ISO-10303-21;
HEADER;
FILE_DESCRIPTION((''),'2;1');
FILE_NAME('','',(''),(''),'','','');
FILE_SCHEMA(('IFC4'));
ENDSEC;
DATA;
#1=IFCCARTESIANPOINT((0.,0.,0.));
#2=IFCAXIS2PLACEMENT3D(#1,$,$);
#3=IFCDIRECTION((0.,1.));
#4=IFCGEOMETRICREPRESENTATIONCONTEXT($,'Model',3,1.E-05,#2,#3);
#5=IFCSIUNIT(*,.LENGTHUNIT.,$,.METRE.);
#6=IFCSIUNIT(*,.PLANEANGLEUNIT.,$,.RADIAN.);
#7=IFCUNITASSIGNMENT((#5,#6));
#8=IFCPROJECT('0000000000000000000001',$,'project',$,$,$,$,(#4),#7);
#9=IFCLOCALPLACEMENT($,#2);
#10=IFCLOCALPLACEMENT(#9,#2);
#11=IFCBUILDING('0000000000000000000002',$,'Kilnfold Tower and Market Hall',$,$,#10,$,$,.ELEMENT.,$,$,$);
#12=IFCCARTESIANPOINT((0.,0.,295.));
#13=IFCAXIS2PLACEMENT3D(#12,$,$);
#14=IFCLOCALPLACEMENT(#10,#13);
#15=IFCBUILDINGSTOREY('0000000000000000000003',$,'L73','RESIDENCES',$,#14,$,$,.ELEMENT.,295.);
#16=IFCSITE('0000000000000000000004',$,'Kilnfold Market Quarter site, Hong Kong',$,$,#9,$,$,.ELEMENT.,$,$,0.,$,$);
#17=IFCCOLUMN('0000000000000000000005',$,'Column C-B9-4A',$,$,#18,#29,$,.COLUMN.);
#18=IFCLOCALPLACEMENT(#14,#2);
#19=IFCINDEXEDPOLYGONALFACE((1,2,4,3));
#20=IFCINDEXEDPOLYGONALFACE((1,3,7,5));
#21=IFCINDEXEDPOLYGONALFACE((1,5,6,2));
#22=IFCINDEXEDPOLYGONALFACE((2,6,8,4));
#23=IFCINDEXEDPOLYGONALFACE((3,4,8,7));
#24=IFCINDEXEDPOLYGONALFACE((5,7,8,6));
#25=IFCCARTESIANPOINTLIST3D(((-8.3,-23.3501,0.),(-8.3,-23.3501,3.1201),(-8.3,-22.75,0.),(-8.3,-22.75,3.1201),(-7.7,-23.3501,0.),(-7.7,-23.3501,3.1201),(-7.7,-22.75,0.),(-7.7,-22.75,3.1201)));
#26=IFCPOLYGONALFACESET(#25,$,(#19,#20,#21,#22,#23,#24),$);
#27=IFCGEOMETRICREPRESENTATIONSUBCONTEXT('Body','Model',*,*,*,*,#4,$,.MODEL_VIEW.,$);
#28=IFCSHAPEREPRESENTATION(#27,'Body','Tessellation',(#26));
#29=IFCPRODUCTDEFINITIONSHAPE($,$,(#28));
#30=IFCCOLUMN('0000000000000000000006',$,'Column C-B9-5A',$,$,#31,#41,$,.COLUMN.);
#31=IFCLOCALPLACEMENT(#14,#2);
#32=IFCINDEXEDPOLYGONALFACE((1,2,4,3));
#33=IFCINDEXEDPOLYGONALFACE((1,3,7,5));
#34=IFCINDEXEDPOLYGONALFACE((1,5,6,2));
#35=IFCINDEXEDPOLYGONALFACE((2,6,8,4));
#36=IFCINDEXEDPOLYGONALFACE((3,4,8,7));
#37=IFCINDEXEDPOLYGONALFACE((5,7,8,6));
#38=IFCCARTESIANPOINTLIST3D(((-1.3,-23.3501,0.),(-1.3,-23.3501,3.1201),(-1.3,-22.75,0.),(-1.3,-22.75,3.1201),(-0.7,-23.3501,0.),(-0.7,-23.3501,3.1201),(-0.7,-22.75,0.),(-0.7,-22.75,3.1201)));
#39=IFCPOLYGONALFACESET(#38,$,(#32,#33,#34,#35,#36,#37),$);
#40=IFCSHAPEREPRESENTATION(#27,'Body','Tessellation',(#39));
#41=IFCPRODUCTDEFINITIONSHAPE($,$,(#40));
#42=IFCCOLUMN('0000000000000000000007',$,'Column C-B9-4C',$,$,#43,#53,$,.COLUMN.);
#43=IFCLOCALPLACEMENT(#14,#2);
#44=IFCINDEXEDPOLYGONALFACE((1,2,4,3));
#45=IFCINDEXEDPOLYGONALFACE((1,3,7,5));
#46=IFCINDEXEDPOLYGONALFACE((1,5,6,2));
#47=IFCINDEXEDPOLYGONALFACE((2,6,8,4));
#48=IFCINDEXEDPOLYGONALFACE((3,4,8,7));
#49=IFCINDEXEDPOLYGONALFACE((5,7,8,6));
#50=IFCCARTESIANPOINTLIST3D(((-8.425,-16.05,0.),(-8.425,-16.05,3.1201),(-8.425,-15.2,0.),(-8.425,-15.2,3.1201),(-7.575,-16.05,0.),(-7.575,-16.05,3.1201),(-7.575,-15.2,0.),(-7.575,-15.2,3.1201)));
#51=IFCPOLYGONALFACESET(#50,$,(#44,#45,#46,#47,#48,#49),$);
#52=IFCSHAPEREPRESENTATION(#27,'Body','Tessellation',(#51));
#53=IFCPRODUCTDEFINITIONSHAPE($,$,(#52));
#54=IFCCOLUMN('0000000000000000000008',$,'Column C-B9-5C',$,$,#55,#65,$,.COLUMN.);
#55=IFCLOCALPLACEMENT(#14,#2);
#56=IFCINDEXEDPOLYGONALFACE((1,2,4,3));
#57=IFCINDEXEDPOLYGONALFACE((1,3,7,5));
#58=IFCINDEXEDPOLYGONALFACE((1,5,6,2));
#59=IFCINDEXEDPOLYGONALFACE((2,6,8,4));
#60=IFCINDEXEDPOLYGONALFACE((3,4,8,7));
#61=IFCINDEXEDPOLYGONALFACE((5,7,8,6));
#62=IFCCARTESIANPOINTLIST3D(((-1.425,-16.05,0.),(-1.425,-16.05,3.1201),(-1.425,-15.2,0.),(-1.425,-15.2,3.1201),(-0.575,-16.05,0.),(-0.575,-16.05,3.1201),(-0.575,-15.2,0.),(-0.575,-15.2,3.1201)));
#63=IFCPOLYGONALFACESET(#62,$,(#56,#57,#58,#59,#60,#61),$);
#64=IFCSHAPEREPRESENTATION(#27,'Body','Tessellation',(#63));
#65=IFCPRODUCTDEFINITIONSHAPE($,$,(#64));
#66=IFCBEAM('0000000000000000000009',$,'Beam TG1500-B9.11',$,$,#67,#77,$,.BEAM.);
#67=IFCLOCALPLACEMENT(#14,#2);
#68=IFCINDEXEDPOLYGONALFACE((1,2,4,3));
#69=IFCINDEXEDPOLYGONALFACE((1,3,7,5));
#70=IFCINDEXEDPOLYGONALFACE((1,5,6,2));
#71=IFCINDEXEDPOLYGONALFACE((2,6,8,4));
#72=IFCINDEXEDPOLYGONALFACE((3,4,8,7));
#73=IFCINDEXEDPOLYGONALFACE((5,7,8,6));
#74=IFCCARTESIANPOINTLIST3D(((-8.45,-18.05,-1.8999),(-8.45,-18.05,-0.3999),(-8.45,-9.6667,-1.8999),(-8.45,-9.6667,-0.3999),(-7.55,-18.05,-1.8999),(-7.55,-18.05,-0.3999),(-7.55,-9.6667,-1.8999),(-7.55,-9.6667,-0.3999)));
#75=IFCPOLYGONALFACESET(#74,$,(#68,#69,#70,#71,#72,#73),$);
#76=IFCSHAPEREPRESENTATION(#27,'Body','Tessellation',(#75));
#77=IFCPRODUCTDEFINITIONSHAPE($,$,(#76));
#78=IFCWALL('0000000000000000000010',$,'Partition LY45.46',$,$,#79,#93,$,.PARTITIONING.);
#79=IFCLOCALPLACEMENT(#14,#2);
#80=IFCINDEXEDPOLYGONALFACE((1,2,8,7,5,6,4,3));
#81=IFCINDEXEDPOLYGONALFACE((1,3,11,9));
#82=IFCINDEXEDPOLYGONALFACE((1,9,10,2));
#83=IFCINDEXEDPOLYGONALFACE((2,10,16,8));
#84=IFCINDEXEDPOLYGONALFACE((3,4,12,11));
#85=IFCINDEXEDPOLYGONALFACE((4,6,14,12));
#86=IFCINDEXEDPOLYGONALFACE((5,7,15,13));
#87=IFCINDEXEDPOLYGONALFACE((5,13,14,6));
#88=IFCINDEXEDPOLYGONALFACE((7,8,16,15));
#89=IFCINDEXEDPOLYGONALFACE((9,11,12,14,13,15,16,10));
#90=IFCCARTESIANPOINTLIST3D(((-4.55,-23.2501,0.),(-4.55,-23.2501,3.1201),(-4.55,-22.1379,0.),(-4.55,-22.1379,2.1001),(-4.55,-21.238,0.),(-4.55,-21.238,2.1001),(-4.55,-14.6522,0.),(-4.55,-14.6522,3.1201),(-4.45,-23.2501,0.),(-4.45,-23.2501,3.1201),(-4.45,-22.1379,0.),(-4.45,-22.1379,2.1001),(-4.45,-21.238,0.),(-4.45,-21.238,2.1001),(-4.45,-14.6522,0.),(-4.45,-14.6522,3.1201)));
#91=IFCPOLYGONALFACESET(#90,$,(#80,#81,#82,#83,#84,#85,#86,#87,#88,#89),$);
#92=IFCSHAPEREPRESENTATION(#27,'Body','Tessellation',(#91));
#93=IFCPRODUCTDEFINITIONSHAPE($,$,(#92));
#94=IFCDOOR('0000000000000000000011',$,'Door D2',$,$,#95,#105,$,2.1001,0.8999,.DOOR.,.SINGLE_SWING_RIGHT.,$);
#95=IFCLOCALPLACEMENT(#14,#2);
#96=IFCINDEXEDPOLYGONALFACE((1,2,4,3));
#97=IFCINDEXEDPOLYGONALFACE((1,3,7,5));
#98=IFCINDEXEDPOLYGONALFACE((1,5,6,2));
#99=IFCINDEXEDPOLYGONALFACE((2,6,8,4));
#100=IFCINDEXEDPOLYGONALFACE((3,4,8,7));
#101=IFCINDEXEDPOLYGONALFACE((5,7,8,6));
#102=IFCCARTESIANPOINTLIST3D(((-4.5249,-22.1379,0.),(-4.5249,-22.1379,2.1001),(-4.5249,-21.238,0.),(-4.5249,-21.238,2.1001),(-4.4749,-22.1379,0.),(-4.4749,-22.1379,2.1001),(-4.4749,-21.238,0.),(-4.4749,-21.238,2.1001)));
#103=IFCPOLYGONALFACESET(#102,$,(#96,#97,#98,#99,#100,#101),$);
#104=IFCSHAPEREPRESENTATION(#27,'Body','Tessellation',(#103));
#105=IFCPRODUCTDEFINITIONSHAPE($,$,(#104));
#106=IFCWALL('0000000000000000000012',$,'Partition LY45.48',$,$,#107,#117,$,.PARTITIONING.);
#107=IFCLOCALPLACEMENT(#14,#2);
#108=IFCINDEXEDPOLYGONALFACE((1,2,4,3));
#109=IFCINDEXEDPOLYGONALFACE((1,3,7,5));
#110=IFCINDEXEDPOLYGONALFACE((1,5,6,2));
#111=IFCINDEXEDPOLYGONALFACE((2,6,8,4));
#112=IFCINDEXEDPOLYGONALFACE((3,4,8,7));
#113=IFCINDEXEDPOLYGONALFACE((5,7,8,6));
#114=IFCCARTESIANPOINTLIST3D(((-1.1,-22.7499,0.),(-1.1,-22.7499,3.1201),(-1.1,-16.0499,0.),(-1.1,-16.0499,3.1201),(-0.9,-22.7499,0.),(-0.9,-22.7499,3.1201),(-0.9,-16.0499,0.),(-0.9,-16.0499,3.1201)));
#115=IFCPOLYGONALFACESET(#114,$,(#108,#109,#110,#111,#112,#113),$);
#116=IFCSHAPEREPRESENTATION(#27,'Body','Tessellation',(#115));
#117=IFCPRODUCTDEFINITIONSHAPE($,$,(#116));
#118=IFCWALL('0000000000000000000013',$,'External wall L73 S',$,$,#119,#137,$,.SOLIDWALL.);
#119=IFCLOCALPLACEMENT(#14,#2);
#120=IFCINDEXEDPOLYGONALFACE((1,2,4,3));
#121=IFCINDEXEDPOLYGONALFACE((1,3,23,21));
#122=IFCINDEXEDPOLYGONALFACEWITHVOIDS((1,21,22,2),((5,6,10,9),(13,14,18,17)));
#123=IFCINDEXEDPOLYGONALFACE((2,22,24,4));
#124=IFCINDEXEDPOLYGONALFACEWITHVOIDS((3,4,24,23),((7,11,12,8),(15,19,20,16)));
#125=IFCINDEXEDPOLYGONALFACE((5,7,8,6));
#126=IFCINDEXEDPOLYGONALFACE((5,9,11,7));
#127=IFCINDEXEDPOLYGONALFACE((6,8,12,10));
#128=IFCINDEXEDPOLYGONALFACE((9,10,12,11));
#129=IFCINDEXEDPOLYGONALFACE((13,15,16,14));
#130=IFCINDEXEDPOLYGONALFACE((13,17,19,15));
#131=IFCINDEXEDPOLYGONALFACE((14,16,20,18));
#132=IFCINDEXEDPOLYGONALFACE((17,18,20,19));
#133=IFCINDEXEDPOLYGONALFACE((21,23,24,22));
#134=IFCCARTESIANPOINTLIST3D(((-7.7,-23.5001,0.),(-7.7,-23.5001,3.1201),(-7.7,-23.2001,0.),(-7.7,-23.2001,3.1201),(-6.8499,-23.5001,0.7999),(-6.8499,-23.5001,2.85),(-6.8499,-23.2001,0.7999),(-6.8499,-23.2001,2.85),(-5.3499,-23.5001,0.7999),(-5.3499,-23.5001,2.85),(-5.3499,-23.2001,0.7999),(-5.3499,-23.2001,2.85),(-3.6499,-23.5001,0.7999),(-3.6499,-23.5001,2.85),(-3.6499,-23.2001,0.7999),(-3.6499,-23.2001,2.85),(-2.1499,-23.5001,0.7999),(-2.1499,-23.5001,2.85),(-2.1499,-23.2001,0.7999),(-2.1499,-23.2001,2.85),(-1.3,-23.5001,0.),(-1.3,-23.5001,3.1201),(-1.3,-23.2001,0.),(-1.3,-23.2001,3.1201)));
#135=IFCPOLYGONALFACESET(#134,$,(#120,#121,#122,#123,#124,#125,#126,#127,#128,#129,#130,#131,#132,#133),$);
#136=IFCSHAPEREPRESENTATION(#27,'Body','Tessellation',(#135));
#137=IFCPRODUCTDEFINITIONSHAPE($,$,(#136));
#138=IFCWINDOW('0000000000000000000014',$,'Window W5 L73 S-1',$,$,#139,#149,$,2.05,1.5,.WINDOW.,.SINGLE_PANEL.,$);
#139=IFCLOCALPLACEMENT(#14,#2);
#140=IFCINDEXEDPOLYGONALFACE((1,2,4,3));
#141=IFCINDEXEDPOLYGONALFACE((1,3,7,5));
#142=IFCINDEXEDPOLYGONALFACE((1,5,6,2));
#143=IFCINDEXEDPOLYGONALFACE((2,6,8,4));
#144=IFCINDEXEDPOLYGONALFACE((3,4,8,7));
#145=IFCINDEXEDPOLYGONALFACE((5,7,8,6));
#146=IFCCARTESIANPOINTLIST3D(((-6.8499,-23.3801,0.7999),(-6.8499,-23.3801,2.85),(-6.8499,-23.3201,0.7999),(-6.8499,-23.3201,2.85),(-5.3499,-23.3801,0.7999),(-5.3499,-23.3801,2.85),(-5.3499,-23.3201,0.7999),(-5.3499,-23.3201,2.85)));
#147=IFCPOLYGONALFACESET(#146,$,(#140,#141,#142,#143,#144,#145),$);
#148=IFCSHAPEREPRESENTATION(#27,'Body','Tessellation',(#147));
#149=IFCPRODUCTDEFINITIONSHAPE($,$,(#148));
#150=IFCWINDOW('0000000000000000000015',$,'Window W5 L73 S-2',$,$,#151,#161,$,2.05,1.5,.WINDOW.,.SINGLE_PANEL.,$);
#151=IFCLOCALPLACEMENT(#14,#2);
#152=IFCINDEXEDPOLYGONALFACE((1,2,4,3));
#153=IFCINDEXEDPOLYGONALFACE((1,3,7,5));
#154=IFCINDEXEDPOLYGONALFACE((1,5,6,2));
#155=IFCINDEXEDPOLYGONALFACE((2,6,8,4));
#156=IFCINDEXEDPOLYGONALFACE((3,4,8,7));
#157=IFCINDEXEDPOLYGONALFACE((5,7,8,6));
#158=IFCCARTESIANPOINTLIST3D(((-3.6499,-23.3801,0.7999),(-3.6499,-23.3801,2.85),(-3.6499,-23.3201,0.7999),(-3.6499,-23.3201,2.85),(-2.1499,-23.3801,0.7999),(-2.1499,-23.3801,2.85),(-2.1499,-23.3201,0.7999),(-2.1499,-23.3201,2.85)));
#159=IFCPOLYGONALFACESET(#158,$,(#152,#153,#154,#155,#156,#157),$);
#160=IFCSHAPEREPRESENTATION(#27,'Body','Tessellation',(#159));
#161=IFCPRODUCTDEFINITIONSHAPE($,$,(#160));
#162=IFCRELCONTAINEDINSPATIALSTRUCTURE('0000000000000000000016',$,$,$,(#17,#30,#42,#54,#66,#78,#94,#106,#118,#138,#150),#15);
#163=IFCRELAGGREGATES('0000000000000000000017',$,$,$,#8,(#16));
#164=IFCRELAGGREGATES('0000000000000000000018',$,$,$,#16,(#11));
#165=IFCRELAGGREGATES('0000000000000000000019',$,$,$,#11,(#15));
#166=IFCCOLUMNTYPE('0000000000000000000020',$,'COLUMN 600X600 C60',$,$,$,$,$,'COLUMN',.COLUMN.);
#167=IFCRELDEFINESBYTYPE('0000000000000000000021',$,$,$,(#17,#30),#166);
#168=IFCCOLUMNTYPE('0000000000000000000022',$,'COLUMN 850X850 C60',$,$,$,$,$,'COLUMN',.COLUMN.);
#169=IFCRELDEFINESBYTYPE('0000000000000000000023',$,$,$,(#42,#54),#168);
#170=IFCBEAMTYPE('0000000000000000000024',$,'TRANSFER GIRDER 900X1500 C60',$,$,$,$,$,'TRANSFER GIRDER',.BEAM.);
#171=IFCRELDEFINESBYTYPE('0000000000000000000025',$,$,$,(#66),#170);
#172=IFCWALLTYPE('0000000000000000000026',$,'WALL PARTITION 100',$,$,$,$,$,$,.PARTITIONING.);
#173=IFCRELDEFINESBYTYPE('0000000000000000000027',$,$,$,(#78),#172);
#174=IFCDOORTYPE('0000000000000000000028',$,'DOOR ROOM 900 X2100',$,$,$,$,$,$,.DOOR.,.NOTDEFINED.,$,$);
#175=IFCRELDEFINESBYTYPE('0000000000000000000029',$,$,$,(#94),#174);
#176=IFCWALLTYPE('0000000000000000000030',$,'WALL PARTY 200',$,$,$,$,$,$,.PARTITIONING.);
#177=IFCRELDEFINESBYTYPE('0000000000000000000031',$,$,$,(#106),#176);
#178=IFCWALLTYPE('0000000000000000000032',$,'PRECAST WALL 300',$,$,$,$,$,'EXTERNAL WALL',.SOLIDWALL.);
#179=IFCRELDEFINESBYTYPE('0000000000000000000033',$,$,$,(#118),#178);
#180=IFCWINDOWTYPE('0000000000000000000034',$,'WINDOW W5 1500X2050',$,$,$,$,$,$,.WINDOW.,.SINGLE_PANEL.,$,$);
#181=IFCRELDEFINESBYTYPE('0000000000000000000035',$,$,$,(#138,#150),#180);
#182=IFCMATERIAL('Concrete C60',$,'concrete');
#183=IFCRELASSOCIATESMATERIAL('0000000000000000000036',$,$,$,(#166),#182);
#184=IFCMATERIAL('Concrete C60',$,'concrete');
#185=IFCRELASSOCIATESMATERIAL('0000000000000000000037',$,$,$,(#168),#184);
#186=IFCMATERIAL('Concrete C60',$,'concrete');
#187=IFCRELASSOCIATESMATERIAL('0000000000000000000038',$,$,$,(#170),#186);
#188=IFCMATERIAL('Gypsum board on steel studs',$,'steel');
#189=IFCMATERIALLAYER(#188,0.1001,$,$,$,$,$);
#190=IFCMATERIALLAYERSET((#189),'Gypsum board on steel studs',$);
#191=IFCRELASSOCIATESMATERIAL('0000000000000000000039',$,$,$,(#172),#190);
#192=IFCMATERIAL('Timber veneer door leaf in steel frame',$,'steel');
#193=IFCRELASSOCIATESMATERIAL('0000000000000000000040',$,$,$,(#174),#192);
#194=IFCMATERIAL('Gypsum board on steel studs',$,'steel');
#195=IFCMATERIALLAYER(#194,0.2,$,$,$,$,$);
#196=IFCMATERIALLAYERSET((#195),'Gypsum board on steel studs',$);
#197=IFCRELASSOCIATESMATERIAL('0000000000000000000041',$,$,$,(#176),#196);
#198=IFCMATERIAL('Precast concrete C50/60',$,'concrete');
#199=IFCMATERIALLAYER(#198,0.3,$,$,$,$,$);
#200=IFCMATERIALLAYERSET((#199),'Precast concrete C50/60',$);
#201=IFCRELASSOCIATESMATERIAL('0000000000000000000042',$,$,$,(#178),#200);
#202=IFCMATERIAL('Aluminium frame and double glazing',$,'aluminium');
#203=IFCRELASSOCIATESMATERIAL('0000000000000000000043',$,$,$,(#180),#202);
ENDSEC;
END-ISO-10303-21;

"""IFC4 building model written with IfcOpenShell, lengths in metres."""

from ifc_helpers import new_model, si_unit, direction, frame, frame_2d, origin, origin_2d, place, context, subcontext, project, spatial, rectangle, extrude, source, transform, mapped, material, layer, layer_set, material_profile, profile_set, type_object, element, fill, save


model = new_model("IFC4")

# Units and contexts
model_context = context("Model", 3, precision=1e-05, world=origin(), true_north=direction((0.0, 1.0)))
body_context = subcontext(model_context, "Body", "Model", "MODEL_VIEW")
ifc_project = project(units=[si_unit("LENGTHUNIT", "METRE"), si_unit("PLANEANGLEUNIT", "RADIAN")], contexts=[model_context])

# Site, building, storey
site_placement = place(None, origin())
site = spatial("IfcSite", under=ifc_project, at=site_placement, Name="Kilnfold Market Quarter site, Hong Kong", CompositionType="ELEMENT", RefElevation=0.0)
building_placement = place(site_placement, origin())
building = spatial("IfcBuilding", under=site, at=building_placement, Name="Kilnfold Tower and Market Hall", CompositionType="ELEMENT")
storey_placement = place(building_placement, frame((0.0, 0.0, 295.0)))
storey = spatial("IfcBuildingStorey", under=building, at=storey_placement, Name="L73", Description="RESIDENCES", CompositionType="ELEMENT", Elevation=295.0)

# Columns
ifc_material_1 = material(Name="Concrete C60", Category="concrete")
ifc_material_profile_1 = material_profile(ifc_material_1, rectangle(XDim=0.6001, YDim=0.6001, at=origin_2d()), Name="RC 600x600")
ifc_profile_set_1 = profile_set([ifc_material_profile_1], Name="Concrete C60")
column_type_1 = type_object("IfcColumnType", Name="COLUMN 600X600 C60", ElementType="COLUMN", PredefinedType="COLUMN", material=ifc_profile_set_1)
shared_shape_1 = source(origin(), body_context, "Body", "SweptSolid", [
    extrude(rectangle(XDim=0.6001, YDim=0.6001, at=origin_2d()), origin(), (0.0, 0.0, 1.0), 3.1201),
])
for number, where, z_axis, x_axis, name in (
    (1, (-8.0, -23.05, 0.0), (0.0, 0.0, 1.0), (1.0, 0.0, 0.0), "Column C-B9-4A"),
    (2, (-1.0, -23.05, 0.0), (0.0, 0.0, 1.0), (1.0, 0.0, 0.0), "Column C-B9-5A"),
):
    element("IfcColumn", number, at=place(storey_placement, frame(where, z_axis=z_axis, x_axis=x_axis)), inside=storey, type_object=column_type_1, Name=name, PredefinedType="COLUMN", context=body_context, shape_type="MappedRepresentation", body=[
        mapped(shared_shape_1, transform((0.0, 0.0, 0.0))),
    ])
ifc_material_2 = material(Name="Concrete C60", Category="concrete")
ifc_material_profile_2 = material_profile(ifc_material_2, rectangle(XDim=0.8501, YDim=0.8501, at=origin_2d()), Name="RC 850x850")
ifc_profile_set_2 = profile_set([ifc_material_profile_2], Name="Concrete C60")
column_type_2 = type_object("IfcColumnType", Name="COLUMN 850X850 C60", ElementType="COLUMN", PredefinedType="COLUMN", material=ifc_profile_set_2)
shared_shape_2 = source(origin(), body_context, "Body", "SweptSolid", [
    extrude(rectangle(XDim=0.8501, YDim=0.8501, at=origin_2d()), origin(), (0.0, 0.0, 1.0), 3.1201),
])
for number, where, z_axis, x_axis, name in (
    (3, (-8.0, -15.625, 0.0), (0.0, 0.0, 1.0), (1.0, 0.0, 0.0), "Column C-B9-4C"),
    (4, (-1.0, -15.625, 0.0), (0.0, 0.0, 1.0), (1.0, 0.0, 0.0), "Column C-B9-5C"),
):
    element("IfcColumn", number, at=place(storey_placement, frame(where, z_axis=z_axis, x_axis=x_axis)), inside=storey, type_object=column_type_2, Name=name, PredefinedType="COLUMN", context=body_context, shape_type="MappedRepresentation", body=[
        mapped(shared_shape_2, transform((0.0, 0.0, 0.0))),
    ])

# Beam
ifc_material_3 = material(Name="Concrete C60", Category="concrete")
ifc_material_profile_3 = material_profile(ifc_material_3, rectangle(XDim=0.8999, YDim=1.5, at=origin_2d()), Name="RC 900x1500")
ifc_profile_set_3 = profile_set([ifc_material_profile_3], Name="Concrete C60")
beam_type = type_object("IfcBeamType", Name="TRANSFER GIRDER 900X1500 C60", ElementType="TRANSFER GIRDER", PredefinedType="BEAM", material=ifc_profile_set_3)
shared_shape_3 = source(origin(), body_context, "Body", "SweptSolid", [
    extrude(rectangle(XDim=0.8999, YDim=1.5, at=origin_2d()), origin(), (0.0, 0.0, 1.0), 8.3833),
])
beam_placement = place(storey_placement, frame((-8.0, -18.05, -1.1499), z_axis=(0.0, 1.0, 0.0), x_axis=(-1.0, 0.0, 0.0)))
element("IfcBeam", 5, at=beam_placement, inside=storey, type_object=beam_type, Name="Beam TG1500-B9.11", PredefinedType="BEAM", context=body_context, shape_type="MappedRepresentation", body=[
    mapped(shared_shape_3, transform((0.0, 0.0, 0.0))),
])

# Wall, opening, door
ifc_material_4 = material(Name="Gypsum board on steel studs", Category="steel")
ifc_layer_1 = layer(ifc_material_4, 0.1001)
ifc_layer_set_1 = layer_set([ifc_layer_1], Name="Gypsum board on steel studs")
wall_type_1 = type_object("IfcWallType", Name="WALL PARTITION 100", PredefinedType="PARTITIONING", material=ifc_layer_set_1)
wall_1_placement = place(storey_placement, frame((-4.5, -23.25, 0.0), z_axis=(0.0, 0.0, 1.0), x_axis=(0.0, 1.0, 0.0)))
wall_1 = element("IfcWall", 6, at=wall_1_placement, inside=storey, type_object=wall_type_1, Name="Partition LY45.46", PredefinedType="PARTITIONING", context=body_context, shape_type="SweptSolid", body=[
    extrude(rectangle(XDim=8.5979, YDim=0.1001, at=frame_2d((4.2988, 0.0))), origin(), (0.0, 0.0, 1.0), 3.1201),
])
opening_1_placement = place(wall_1_placement, frame((1.1121, 0.0, 0.0)))
opening_1 = element("IfcOpeningElement", 7, at=opening_1_placement, cuts=wall_1, PredefinedType="OPENING", context=body_context, shape_type="SweptSolid", body=[
    extrude(rectangle(XDim=0.8999, YDim=2.1001, at=frame_2d((0.45, 1.05))), frame((0.0, 0.0601, 0.0), z_axis=(0.0, -1.0, 0.0), x_axis=(1.0, 0.0, 0.0)), (0.0, 0.0, 1.0), 0.1201),
])
ifc_material_5 = material(Name="Timber veneer door leaf in steel frame", Category="steel")
door_type = type_object("IfcDoorType", Name="DOOR ROOM 900 X2100", OperationType="NOTDEFINED", PredefinedType="DOOR", material=ifc_material_5)
door_placement = place(opening_1_placement, origin())
door = element("IfcDoor", 8, at=door_placement, inside=storey, type_object=door_type, Name="Door D2", OperationType="SINGLE_SWING_RIGHT", OverallHeight=2.1001, OverallWidth=0.8999, PredefinedType="DOOR", context=body_context, shape_type="SweptSolid", body=[
    extrude(rectangle(XDim=0.8999, YDim=2.1001, at=frame_2d((0.45, 1.05))), frame((0.0, 0.0249, 0.0), z_axis=(0.0, -1.0, 0.0), x_axis=(1.0, 0.0, 0.0)), (0.0, 0.0, 1.0), 0.05),
])
fill(opening_1, door)

# Wall
ifc_material_6 = material(Name="Gypsum board on steel studs", Category="steel")
ifc_layer_2 = layer(ifc_material_6, 0.2)
ifc_layer_set_2 = layer_set([ifc_layer_2], Name="Gypsum board on steel studs")
wall_type_2 = type_object("IfcWallType", Name="WALL PARTY 200", PredefinedType="PARTITIONING", material=ifc_layer_set_2)
wall_2_placement = place(storey_placement, frame((-1.0, -22.75, 0.0), z_axis=(0.0, 0.0, 1.0), x_axis=(0.0, 1.0, 0.0)))
element("IfcWall", 9, at=wall_2_placement, inside=storey, type_object=wall_type_2, Name="Partition LY45.48", PredefinedType="PARTITIONING", context=body_context, shape_type="SweptSolid", body=[
    extrude(rectangle(XDim=6.7, YDim=0.2, at=frame_2d((3.3501, 0.0))), origin(), (0.0, 0.0, 1.0), 3.1201),
])

# Wall, openings, windows
ifc_material_7 = material(Name="Precast concrete C50/60", Category="concrete")
ifc_layer_3 = layer(ifc_material_7, 0.3)
ifc_layer_set_3 = layer_set([ifc_layer_3], Name="Precast concrete C50/60")
wall_type_3 = type_object("IfcWallType", Name="PRECAST WALL 300", ElementType="EXTERNAL WALL", PredefinedType="SOLIDWALL", material=ifc_layer_set_3)
shared_shape_4 = source(origin(), body_context, "Body", "SweptSolid", [
    extrude(rectangle(XDim=6.3999, YDim=0.3, at=frame_2d((3.2, 0.0))), origin(), (0.0, 0.0, 1.0), 3.1201),
])
wall_3_placement = place(storey_placement, frame((-7.7, -23.3501, 0.0), z_axis=(0.0, 0.0, 1.0), x_axis=(1.0, 0.0, 0.0)))
wall_3 = element("IfcWall", 10, at=wall_3_placement, inside=storey, type_object=wall_type_3, Name="External wall L73 S", PredefinedType="SOLIDWALL", context=body_context, shape_type="MappedRepresentation", body=[
    mapped(shared_shape_4, transform((0.0, 0.0, 0.0))),
])
opening_2_placement = place(wall_3_placement, frame((0.8501, 0.0, 0.8)))
opening_2 = element("IfcOpeningElement", 11, at=opening_2_placement, cuts=wall_3, PredefinedType="OPENING", context=body_context, shape_type="SweptSolid", body=[
    extrude(rectangle(XDim=1.5, YDim=2.05, at=frame_2d((0.75, 1.0249))), frame((0.0, 0.1602, 0.0), z_axis=(0.0, -1.0, 0.0), x_axis=(1.0, 0.0, 0.0)), (0.0, 0.0, 1.0), 0.3201),
])
opening_3_placement = place(wall_3_placement, frame((4.05, 0.0, 0.8)))
opening_3 = element("IfcOpeningElement", 12, at=opening_3_placement, cuts=wall_3, PredefinedType="OPENING", context=body_context, shape_type="SweptSolid", body=[
    extrude(rectangle(XDim=1.5, YDim=2.05, at=frame_2d((0.75, 1.0249))), frame((0.0, 0.1602, 0.0), z_axis=(0.0, -1.0, 0.0), x_axis=(1.0, 0.0, 0.0)), (0.0, 0.0, 1.0), 0.3201),
])
ifc_material_8 = material(Name="Aluminium frame and double glazing", Category="aluminium")
window_type = type_object("IfcWindowType", Name="WINDOW W5 1500X2050", PartitioningType="SINGLE_PANEL", PredefinedType="WINDOW", material=ifc_material_8)
window_1_placement = place(opening_2_placement, origin())
window_1 = element("IfcWindow", 13, at=window_1_placement, inside=storey, type_object=window_type, Name="Window W5 L73 S-1", OverallHeight=2.05, OverallWidth=1.5, PartitioningType="SINGLE_PANEL", PredefinedType="WINDOW", context=body_context, shape_type="SweptSolid", body=[
    extrude(rectangle(XDim=1.5, YDim=2.05, at=frame_2d((0.75, 1.0249))), frame((0.0, 0.03, 0.0), z_axis=(0.0, -1.0, 0.0), x_axis=(1.0, 0.0, 0.0)), (0.0, 0.0, 1.0), 0.0601),
])
fill(opening_2, window_1)
window_2_placement = place(opening_3_placement, origin())
window_2 = element("IfcWindow", 14, at=window_2_placement, inside=storey, type_object=window_type, Name="Window W5 L73 S-2", OverallHeight=2.05, OverallWidth=1.5, PartitioningType="SINGLE_PANEL", PredefinedType="WINDOW", context=body_context, shape_type="SweptSolid", body=[
    extrude(rectangle(XDim=1.5, YDim=2.05, at=frame_2d((0.75, 1.0249))), frame((0.0, 0.03, 0.0), z_axis=(0.0, -1.0, 0.0), x_axis=(1.0, 0.0, 0.0)), (0.0, 0.0, 1.0), 0.0601),
])
fill(opening_3, window_2)

save(model, "model.ifc")
